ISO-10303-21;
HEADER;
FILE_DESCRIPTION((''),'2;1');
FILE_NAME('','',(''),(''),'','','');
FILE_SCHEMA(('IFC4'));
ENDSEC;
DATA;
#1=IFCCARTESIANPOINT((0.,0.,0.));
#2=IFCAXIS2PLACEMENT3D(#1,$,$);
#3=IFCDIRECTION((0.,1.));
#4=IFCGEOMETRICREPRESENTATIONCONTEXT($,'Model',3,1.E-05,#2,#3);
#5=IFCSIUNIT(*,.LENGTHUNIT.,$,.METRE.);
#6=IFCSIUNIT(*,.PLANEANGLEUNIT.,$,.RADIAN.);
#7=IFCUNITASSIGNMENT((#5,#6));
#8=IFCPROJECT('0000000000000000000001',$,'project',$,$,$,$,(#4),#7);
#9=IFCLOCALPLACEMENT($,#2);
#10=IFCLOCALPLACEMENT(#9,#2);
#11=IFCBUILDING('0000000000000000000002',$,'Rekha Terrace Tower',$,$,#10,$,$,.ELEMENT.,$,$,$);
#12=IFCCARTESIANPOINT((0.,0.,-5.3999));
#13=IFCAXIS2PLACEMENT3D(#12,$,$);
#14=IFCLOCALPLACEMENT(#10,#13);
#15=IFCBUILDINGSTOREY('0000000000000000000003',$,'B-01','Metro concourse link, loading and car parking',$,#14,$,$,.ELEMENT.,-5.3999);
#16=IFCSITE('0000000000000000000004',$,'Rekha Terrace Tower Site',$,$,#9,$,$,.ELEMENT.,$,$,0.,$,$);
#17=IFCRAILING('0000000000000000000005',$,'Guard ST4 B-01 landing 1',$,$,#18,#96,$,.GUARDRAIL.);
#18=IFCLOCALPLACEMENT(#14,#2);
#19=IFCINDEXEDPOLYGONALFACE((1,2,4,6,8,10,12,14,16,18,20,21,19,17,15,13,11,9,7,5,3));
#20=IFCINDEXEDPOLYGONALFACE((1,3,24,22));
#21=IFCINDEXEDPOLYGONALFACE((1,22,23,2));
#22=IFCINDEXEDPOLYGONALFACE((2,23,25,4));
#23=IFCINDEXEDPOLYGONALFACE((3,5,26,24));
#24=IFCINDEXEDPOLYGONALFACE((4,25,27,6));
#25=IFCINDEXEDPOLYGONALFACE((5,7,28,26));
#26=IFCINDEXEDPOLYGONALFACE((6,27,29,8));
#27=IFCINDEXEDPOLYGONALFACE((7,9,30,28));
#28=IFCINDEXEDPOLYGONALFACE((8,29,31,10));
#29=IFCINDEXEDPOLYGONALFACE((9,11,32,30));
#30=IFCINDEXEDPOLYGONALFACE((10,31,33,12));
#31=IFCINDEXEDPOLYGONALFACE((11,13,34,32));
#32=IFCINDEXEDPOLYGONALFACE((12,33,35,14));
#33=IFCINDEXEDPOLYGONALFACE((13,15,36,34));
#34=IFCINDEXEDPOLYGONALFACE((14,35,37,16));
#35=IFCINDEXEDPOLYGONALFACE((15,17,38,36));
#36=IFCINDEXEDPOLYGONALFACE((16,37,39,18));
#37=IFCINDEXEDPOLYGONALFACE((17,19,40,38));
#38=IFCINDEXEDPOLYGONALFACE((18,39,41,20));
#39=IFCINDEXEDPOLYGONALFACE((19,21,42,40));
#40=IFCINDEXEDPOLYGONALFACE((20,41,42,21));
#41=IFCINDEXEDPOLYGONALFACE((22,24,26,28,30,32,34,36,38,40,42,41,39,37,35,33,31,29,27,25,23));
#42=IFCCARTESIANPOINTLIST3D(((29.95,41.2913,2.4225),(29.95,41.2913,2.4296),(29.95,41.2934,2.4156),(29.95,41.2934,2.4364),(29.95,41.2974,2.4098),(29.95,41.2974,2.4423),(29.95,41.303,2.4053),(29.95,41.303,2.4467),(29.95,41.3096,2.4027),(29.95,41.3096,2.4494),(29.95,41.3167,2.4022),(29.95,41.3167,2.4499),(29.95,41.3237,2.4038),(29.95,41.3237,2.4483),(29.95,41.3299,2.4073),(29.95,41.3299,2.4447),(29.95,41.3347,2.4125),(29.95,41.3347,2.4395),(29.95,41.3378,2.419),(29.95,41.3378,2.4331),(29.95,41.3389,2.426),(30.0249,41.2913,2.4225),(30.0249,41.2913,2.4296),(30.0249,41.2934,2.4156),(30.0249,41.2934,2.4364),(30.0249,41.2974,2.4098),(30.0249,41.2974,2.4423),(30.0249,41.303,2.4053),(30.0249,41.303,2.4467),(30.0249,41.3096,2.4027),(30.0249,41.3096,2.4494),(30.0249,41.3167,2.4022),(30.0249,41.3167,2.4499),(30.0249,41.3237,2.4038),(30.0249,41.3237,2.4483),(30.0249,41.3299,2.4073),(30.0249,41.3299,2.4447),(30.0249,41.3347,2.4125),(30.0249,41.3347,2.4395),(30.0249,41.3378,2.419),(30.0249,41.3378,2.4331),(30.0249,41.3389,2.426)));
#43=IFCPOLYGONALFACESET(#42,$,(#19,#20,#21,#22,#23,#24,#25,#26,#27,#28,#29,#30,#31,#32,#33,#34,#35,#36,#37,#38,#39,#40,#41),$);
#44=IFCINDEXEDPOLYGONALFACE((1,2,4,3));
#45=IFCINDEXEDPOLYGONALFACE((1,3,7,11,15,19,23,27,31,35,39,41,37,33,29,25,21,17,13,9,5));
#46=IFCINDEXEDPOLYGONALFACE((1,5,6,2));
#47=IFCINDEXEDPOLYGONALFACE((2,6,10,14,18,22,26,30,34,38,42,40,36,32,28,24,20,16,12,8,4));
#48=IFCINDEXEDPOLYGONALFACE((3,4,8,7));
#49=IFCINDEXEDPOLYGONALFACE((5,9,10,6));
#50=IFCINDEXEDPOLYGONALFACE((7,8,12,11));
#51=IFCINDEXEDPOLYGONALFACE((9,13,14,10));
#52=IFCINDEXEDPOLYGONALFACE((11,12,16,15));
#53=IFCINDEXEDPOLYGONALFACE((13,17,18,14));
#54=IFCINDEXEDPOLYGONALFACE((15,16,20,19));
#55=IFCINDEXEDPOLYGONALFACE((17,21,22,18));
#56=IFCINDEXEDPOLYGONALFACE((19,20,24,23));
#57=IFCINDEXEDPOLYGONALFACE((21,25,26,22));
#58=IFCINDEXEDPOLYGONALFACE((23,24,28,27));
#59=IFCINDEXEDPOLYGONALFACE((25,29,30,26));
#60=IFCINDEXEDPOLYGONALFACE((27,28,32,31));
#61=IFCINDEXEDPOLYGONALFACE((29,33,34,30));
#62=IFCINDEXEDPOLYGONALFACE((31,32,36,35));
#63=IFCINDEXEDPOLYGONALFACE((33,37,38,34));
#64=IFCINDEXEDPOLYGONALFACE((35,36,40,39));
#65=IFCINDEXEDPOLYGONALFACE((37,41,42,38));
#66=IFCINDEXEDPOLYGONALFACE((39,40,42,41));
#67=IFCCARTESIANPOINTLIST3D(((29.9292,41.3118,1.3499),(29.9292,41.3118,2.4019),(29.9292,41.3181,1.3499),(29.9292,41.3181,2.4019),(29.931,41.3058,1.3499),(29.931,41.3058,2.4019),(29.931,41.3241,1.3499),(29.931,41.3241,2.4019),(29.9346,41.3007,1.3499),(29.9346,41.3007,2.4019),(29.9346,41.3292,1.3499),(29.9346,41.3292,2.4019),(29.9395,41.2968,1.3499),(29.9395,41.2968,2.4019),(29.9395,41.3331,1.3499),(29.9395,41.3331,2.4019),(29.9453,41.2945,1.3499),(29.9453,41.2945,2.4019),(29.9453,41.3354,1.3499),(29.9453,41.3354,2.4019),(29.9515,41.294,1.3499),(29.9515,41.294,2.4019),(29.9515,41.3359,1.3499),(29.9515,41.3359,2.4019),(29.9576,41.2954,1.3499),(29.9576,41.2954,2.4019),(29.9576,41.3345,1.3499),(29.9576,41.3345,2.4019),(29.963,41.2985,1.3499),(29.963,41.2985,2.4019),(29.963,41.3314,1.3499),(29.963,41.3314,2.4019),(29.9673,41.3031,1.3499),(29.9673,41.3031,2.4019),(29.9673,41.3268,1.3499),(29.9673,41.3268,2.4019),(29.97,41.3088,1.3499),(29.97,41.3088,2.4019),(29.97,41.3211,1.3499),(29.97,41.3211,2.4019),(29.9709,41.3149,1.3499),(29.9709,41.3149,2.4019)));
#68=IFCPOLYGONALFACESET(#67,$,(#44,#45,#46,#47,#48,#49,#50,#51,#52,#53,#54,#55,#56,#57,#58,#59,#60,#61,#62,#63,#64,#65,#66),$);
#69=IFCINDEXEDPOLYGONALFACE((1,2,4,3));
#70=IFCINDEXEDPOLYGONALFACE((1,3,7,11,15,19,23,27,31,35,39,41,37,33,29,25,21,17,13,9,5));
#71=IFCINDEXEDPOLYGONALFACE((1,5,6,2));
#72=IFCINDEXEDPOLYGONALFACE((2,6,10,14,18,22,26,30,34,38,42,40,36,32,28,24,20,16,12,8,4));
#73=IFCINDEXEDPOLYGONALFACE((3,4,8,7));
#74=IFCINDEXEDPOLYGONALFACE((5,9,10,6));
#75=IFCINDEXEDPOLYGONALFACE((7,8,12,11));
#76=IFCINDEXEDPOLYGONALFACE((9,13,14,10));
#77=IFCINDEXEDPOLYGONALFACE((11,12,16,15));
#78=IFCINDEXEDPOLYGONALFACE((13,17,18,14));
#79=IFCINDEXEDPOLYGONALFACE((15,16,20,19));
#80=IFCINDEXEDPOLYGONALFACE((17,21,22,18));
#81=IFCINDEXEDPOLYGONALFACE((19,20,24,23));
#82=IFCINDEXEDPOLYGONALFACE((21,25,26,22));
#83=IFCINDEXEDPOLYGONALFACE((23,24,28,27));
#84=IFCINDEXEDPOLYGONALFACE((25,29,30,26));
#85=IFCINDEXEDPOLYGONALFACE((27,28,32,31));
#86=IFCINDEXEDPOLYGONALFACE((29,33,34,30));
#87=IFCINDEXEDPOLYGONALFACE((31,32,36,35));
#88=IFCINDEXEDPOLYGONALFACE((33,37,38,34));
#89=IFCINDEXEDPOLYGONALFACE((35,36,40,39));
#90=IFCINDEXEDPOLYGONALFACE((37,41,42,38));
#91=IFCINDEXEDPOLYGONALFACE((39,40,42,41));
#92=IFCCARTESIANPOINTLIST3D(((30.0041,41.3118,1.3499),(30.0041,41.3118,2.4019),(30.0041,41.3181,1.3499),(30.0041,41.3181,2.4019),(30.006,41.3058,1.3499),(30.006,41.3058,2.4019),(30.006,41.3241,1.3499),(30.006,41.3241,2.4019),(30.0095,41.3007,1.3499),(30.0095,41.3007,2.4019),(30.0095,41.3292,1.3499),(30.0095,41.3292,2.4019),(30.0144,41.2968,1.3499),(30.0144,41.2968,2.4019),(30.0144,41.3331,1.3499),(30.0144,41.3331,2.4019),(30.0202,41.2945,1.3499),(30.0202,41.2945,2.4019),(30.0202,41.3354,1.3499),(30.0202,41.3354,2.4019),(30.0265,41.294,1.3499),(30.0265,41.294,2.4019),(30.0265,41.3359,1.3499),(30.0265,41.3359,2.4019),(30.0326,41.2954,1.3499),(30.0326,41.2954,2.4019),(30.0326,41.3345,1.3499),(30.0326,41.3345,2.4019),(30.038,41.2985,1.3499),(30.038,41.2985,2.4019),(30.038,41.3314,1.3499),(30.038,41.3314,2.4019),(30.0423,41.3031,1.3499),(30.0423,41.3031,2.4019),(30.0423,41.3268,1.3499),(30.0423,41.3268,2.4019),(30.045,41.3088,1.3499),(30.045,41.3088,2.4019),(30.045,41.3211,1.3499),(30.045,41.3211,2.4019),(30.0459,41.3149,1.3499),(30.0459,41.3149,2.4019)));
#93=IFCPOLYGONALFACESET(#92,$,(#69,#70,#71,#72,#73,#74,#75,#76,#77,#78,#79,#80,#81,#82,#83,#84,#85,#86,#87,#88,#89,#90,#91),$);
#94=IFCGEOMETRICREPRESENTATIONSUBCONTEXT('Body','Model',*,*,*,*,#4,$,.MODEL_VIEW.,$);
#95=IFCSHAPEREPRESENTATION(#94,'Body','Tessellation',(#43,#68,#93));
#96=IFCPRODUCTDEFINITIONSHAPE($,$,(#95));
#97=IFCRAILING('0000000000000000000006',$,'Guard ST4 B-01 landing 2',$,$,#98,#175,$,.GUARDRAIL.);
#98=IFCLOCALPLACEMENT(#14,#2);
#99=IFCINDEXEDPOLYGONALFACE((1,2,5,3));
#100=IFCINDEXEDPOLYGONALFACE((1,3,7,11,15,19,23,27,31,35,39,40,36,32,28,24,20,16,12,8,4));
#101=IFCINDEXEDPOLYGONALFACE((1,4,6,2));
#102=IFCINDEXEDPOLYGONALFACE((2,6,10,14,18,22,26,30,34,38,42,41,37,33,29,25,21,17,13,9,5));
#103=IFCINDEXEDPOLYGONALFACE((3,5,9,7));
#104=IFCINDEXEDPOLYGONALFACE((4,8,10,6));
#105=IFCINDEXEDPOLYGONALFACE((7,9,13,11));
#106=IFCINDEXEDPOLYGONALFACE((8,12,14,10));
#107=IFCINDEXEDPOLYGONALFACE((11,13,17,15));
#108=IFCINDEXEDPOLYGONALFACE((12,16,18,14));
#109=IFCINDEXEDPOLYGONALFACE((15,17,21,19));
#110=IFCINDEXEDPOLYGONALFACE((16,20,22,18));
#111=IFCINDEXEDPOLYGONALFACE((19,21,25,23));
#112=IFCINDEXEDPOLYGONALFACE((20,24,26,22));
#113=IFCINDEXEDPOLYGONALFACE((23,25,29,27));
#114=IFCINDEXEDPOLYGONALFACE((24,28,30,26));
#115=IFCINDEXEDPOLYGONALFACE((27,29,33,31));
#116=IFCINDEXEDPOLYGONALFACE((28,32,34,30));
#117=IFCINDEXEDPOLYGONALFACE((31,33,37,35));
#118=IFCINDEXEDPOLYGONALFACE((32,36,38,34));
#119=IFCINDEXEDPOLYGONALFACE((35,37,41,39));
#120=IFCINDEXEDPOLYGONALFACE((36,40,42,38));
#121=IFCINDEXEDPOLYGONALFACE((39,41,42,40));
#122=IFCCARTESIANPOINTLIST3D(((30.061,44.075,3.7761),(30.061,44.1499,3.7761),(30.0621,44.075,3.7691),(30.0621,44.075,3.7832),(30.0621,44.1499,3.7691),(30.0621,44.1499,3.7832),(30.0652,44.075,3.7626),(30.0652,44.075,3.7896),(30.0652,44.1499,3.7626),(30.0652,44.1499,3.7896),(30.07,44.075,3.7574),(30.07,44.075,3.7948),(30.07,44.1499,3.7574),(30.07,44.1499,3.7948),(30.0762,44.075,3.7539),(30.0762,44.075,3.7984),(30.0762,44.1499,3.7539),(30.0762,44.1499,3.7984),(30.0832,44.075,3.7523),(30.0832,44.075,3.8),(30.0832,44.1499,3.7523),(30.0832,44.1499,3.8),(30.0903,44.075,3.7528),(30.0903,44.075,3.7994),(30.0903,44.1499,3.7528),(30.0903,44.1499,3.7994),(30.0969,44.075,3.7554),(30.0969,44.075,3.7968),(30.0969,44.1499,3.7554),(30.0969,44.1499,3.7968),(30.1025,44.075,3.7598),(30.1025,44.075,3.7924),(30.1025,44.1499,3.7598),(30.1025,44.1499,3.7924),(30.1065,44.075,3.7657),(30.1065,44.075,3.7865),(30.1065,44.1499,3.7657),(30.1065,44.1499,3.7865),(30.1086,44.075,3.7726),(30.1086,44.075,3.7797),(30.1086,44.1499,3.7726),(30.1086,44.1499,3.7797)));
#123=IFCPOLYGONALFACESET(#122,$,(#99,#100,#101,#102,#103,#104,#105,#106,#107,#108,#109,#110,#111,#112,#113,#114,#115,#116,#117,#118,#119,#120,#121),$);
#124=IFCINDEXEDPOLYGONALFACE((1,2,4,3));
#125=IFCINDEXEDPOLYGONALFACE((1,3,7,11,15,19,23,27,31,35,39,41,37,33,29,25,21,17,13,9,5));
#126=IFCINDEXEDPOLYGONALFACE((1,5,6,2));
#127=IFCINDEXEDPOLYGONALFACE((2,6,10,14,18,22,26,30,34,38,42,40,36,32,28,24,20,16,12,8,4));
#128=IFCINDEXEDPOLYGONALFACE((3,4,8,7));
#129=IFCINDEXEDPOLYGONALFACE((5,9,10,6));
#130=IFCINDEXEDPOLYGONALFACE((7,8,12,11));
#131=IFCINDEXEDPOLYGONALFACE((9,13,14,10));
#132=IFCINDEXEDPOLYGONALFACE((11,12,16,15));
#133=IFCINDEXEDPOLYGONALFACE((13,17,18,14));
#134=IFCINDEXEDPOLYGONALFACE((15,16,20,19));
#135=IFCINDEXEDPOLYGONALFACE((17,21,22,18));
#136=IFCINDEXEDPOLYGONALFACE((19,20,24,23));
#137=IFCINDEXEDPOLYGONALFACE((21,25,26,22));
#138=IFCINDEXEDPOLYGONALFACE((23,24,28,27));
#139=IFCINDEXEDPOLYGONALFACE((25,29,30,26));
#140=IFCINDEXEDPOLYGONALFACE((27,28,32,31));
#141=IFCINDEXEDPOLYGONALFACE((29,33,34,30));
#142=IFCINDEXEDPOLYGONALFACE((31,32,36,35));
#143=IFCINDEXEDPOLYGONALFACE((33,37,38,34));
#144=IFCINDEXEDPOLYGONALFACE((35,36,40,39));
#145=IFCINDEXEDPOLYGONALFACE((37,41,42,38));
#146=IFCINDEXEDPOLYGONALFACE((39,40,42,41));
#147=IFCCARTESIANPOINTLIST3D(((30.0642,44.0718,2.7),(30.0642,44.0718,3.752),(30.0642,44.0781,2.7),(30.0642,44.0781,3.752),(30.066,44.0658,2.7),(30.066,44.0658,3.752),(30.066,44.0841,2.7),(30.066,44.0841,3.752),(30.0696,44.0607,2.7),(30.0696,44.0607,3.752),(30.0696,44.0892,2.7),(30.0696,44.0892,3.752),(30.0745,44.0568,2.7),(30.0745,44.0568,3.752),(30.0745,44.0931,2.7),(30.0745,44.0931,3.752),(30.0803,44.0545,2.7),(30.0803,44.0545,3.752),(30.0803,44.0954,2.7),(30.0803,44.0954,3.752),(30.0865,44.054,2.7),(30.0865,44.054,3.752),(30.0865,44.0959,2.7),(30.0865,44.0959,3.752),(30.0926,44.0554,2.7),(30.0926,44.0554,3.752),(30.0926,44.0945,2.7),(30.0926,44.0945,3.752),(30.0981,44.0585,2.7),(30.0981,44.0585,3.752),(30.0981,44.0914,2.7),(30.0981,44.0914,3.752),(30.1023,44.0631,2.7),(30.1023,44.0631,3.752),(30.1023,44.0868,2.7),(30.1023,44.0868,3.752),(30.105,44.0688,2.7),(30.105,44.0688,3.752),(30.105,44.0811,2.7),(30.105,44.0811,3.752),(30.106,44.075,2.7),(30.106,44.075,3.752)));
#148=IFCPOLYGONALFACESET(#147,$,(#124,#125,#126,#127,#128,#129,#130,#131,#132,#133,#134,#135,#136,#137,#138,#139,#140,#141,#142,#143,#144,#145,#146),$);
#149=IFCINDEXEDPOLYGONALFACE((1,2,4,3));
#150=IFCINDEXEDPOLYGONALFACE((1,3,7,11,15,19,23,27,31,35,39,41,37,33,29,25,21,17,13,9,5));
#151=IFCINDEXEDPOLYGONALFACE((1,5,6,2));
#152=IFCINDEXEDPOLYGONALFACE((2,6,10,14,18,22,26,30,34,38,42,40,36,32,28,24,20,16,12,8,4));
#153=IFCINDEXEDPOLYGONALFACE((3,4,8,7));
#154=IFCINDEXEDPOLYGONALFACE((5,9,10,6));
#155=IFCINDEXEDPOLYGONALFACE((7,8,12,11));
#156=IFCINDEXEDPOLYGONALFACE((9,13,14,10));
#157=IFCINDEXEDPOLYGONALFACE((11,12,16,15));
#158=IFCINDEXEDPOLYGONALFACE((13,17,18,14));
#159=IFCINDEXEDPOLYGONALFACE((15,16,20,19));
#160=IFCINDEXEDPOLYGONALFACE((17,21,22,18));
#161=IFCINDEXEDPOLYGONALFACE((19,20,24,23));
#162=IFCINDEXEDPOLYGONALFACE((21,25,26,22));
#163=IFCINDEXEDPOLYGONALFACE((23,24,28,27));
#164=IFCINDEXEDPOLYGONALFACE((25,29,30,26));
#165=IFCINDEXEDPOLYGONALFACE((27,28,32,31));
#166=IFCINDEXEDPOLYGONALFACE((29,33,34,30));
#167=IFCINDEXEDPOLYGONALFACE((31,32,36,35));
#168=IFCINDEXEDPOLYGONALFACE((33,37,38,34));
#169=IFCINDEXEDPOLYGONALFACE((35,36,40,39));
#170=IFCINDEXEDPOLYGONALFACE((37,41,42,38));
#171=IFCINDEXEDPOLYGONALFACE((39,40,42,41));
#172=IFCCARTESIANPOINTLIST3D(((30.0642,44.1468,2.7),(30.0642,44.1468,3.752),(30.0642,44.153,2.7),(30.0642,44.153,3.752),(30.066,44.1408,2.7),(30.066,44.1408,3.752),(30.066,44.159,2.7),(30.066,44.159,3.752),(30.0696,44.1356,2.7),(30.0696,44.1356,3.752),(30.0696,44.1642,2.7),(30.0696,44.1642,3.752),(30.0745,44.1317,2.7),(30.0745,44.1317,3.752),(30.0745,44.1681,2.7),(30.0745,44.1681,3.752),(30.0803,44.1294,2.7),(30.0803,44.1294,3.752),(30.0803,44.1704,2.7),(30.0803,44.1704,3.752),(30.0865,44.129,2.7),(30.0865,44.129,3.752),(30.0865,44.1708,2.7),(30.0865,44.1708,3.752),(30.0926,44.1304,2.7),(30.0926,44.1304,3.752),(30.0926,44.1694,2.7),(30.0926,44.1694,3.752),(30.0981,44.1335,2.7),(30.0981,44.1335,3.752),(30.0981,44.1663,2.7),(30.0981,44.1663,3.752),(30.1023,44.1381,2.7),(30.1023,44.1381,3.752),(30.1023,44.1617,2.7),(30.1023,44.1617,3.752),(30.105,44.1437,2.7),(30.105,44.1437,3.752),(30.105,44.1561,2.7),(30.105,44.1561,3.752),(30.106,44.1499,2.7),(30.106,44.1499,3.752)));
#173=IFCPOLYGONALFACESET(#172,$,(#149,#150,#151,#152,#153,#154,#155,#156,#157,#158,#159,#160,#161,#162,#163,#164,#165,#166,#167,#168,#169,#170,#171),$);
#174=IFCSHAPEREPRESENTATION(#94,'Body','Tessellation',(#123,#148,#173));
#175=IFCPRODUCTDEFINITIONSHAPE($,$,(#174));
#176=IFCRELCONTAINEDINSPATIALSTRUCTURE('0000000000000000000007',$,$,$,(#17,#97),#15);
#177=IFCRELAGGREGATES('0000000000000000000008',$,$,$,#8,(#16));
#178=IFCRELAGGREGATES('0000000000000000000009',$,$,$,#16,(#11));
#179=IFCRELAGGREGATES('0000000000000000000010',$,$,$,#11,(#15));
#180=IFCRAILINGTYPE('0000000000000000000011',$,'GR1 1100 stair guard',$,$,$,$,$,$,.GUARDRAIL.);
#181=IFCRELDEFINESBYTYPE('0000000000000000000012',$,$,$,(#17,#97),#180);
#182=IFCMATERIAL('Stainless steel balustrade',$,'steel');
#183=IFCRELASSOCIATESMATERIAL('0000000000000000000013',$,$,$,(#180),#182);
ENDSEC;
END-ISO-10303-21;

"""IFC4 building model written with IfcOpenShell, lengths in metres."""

from ifc_helpers import new_model, si_unit, direction, frame, origin, origin_2d, place, context, subcontext, project, spatial, circle, extrude, material, type_object, element, save


model = new_model("IFC4")

# Units and contexts
model_context = context("Model", 3, precision=1e-05, world=origin(), true_north=direction((0.0, 1.0)))
body_context = subcontext(model_context, "Body", "Model", "MODEL_VIEW")
ifc_project = project(units=[si_unit("LENGTHUNIT", "METRE"), si_unit("PLANEANGLEUNIT", "RADIAN")], contexts=[model_context])

# Site, building, storey
site_placement = place(None, origin())
site = spatial("IfcSite", under=ifc_project, at=site_placement, Name="Rekha Terrace Tower Site", CompositionType="ELEMENT", RefElevation=0.0)
building_placement = place(site_placement, origin())
building = spatial("IfcBuilding", under=site, at=building_placement, Name="Rekha Terrace Tower", CompositionType="ELEMENT")
storey_placement = place(building_placement, frame((0.0, 0.0, -5.3999)))
storey = spatial("IfcBuildingStorey", under=building, at=storey_placement, Name="B-01", Description="Metro concourse link, loading and car parking", CompositionType="ELEMENT", Elevation=-5.3999)

# Railings
ifc_material_1 = material(Name="Stainless steel balustrade", Category="steel")
railing_type_1 = type_object("IfcRailingType", Name="GR1 1100 stair guard", PredefinedType="GUARDRAIL", material=ifc_material_1)
railing_1_placement = place(storey_placement, frame((29.95, 41.3149, 1.3499)))
element("IfcRailing", 1, at=railing_1_placement, inside=storey, type_object=railing_type_1, Name="Guard ST4 B-01 landing 1", PredefinedType="GUARDRAIL", context=body_context, shape_type="SweptSolid", body=[
    extrude(circle(Radius=0.0239, at=origin_2d()), frame((0.0, 0.0, 1.0762), z_axis=(1.0, 0.0, 0.0), x_axis=(0.0, 1.0, 0.0)), (0.0, 0.0, 1.0), 0.075),
    extrude(circle(Radius=0.021, at=origin_2d()), origin(), (0.0, 0.0, 1.0), 1.052),
    extrude(circle(Radius=0.021, at=origin_2d()), frame((0.075, 0.0, 0.0)), (0.0, 0.0, 1.0), 1.052),
])
railing_2_placement = place(storey_placement, frame((30.085, 44.075, 2.7)))
element("IfcRailing", 2, at=railing_2_placement, inside=storey, type_object=railing_type_1, Name="Guard ST4 B-01 landing 2", PredefinedType="GUARDRAIL", context=body_context, shape_type="SweptSolid", body=[
    extrude(circle(Radius=0.0239, at=origin_2d()), frame((0.0, 0.0, 1.0762), z_axis=(0.0, 1.0, 0.0), x_axis=(-1.0, 0.0, 0.0)), (0.0, 0.0, 1.0), 0.075),
    extrude(circle(Radius=0.021, at=origin_2d()), origin(), (0.0, 0.0, 1.0), 1.052),
    extrude(circle(Radius=0.021, at=origin_2d()), frame((0.0, 0.075, 0.0)), (0.0, 0.0, 1.0), 1.052),
])

save(model, "model.ifc")
